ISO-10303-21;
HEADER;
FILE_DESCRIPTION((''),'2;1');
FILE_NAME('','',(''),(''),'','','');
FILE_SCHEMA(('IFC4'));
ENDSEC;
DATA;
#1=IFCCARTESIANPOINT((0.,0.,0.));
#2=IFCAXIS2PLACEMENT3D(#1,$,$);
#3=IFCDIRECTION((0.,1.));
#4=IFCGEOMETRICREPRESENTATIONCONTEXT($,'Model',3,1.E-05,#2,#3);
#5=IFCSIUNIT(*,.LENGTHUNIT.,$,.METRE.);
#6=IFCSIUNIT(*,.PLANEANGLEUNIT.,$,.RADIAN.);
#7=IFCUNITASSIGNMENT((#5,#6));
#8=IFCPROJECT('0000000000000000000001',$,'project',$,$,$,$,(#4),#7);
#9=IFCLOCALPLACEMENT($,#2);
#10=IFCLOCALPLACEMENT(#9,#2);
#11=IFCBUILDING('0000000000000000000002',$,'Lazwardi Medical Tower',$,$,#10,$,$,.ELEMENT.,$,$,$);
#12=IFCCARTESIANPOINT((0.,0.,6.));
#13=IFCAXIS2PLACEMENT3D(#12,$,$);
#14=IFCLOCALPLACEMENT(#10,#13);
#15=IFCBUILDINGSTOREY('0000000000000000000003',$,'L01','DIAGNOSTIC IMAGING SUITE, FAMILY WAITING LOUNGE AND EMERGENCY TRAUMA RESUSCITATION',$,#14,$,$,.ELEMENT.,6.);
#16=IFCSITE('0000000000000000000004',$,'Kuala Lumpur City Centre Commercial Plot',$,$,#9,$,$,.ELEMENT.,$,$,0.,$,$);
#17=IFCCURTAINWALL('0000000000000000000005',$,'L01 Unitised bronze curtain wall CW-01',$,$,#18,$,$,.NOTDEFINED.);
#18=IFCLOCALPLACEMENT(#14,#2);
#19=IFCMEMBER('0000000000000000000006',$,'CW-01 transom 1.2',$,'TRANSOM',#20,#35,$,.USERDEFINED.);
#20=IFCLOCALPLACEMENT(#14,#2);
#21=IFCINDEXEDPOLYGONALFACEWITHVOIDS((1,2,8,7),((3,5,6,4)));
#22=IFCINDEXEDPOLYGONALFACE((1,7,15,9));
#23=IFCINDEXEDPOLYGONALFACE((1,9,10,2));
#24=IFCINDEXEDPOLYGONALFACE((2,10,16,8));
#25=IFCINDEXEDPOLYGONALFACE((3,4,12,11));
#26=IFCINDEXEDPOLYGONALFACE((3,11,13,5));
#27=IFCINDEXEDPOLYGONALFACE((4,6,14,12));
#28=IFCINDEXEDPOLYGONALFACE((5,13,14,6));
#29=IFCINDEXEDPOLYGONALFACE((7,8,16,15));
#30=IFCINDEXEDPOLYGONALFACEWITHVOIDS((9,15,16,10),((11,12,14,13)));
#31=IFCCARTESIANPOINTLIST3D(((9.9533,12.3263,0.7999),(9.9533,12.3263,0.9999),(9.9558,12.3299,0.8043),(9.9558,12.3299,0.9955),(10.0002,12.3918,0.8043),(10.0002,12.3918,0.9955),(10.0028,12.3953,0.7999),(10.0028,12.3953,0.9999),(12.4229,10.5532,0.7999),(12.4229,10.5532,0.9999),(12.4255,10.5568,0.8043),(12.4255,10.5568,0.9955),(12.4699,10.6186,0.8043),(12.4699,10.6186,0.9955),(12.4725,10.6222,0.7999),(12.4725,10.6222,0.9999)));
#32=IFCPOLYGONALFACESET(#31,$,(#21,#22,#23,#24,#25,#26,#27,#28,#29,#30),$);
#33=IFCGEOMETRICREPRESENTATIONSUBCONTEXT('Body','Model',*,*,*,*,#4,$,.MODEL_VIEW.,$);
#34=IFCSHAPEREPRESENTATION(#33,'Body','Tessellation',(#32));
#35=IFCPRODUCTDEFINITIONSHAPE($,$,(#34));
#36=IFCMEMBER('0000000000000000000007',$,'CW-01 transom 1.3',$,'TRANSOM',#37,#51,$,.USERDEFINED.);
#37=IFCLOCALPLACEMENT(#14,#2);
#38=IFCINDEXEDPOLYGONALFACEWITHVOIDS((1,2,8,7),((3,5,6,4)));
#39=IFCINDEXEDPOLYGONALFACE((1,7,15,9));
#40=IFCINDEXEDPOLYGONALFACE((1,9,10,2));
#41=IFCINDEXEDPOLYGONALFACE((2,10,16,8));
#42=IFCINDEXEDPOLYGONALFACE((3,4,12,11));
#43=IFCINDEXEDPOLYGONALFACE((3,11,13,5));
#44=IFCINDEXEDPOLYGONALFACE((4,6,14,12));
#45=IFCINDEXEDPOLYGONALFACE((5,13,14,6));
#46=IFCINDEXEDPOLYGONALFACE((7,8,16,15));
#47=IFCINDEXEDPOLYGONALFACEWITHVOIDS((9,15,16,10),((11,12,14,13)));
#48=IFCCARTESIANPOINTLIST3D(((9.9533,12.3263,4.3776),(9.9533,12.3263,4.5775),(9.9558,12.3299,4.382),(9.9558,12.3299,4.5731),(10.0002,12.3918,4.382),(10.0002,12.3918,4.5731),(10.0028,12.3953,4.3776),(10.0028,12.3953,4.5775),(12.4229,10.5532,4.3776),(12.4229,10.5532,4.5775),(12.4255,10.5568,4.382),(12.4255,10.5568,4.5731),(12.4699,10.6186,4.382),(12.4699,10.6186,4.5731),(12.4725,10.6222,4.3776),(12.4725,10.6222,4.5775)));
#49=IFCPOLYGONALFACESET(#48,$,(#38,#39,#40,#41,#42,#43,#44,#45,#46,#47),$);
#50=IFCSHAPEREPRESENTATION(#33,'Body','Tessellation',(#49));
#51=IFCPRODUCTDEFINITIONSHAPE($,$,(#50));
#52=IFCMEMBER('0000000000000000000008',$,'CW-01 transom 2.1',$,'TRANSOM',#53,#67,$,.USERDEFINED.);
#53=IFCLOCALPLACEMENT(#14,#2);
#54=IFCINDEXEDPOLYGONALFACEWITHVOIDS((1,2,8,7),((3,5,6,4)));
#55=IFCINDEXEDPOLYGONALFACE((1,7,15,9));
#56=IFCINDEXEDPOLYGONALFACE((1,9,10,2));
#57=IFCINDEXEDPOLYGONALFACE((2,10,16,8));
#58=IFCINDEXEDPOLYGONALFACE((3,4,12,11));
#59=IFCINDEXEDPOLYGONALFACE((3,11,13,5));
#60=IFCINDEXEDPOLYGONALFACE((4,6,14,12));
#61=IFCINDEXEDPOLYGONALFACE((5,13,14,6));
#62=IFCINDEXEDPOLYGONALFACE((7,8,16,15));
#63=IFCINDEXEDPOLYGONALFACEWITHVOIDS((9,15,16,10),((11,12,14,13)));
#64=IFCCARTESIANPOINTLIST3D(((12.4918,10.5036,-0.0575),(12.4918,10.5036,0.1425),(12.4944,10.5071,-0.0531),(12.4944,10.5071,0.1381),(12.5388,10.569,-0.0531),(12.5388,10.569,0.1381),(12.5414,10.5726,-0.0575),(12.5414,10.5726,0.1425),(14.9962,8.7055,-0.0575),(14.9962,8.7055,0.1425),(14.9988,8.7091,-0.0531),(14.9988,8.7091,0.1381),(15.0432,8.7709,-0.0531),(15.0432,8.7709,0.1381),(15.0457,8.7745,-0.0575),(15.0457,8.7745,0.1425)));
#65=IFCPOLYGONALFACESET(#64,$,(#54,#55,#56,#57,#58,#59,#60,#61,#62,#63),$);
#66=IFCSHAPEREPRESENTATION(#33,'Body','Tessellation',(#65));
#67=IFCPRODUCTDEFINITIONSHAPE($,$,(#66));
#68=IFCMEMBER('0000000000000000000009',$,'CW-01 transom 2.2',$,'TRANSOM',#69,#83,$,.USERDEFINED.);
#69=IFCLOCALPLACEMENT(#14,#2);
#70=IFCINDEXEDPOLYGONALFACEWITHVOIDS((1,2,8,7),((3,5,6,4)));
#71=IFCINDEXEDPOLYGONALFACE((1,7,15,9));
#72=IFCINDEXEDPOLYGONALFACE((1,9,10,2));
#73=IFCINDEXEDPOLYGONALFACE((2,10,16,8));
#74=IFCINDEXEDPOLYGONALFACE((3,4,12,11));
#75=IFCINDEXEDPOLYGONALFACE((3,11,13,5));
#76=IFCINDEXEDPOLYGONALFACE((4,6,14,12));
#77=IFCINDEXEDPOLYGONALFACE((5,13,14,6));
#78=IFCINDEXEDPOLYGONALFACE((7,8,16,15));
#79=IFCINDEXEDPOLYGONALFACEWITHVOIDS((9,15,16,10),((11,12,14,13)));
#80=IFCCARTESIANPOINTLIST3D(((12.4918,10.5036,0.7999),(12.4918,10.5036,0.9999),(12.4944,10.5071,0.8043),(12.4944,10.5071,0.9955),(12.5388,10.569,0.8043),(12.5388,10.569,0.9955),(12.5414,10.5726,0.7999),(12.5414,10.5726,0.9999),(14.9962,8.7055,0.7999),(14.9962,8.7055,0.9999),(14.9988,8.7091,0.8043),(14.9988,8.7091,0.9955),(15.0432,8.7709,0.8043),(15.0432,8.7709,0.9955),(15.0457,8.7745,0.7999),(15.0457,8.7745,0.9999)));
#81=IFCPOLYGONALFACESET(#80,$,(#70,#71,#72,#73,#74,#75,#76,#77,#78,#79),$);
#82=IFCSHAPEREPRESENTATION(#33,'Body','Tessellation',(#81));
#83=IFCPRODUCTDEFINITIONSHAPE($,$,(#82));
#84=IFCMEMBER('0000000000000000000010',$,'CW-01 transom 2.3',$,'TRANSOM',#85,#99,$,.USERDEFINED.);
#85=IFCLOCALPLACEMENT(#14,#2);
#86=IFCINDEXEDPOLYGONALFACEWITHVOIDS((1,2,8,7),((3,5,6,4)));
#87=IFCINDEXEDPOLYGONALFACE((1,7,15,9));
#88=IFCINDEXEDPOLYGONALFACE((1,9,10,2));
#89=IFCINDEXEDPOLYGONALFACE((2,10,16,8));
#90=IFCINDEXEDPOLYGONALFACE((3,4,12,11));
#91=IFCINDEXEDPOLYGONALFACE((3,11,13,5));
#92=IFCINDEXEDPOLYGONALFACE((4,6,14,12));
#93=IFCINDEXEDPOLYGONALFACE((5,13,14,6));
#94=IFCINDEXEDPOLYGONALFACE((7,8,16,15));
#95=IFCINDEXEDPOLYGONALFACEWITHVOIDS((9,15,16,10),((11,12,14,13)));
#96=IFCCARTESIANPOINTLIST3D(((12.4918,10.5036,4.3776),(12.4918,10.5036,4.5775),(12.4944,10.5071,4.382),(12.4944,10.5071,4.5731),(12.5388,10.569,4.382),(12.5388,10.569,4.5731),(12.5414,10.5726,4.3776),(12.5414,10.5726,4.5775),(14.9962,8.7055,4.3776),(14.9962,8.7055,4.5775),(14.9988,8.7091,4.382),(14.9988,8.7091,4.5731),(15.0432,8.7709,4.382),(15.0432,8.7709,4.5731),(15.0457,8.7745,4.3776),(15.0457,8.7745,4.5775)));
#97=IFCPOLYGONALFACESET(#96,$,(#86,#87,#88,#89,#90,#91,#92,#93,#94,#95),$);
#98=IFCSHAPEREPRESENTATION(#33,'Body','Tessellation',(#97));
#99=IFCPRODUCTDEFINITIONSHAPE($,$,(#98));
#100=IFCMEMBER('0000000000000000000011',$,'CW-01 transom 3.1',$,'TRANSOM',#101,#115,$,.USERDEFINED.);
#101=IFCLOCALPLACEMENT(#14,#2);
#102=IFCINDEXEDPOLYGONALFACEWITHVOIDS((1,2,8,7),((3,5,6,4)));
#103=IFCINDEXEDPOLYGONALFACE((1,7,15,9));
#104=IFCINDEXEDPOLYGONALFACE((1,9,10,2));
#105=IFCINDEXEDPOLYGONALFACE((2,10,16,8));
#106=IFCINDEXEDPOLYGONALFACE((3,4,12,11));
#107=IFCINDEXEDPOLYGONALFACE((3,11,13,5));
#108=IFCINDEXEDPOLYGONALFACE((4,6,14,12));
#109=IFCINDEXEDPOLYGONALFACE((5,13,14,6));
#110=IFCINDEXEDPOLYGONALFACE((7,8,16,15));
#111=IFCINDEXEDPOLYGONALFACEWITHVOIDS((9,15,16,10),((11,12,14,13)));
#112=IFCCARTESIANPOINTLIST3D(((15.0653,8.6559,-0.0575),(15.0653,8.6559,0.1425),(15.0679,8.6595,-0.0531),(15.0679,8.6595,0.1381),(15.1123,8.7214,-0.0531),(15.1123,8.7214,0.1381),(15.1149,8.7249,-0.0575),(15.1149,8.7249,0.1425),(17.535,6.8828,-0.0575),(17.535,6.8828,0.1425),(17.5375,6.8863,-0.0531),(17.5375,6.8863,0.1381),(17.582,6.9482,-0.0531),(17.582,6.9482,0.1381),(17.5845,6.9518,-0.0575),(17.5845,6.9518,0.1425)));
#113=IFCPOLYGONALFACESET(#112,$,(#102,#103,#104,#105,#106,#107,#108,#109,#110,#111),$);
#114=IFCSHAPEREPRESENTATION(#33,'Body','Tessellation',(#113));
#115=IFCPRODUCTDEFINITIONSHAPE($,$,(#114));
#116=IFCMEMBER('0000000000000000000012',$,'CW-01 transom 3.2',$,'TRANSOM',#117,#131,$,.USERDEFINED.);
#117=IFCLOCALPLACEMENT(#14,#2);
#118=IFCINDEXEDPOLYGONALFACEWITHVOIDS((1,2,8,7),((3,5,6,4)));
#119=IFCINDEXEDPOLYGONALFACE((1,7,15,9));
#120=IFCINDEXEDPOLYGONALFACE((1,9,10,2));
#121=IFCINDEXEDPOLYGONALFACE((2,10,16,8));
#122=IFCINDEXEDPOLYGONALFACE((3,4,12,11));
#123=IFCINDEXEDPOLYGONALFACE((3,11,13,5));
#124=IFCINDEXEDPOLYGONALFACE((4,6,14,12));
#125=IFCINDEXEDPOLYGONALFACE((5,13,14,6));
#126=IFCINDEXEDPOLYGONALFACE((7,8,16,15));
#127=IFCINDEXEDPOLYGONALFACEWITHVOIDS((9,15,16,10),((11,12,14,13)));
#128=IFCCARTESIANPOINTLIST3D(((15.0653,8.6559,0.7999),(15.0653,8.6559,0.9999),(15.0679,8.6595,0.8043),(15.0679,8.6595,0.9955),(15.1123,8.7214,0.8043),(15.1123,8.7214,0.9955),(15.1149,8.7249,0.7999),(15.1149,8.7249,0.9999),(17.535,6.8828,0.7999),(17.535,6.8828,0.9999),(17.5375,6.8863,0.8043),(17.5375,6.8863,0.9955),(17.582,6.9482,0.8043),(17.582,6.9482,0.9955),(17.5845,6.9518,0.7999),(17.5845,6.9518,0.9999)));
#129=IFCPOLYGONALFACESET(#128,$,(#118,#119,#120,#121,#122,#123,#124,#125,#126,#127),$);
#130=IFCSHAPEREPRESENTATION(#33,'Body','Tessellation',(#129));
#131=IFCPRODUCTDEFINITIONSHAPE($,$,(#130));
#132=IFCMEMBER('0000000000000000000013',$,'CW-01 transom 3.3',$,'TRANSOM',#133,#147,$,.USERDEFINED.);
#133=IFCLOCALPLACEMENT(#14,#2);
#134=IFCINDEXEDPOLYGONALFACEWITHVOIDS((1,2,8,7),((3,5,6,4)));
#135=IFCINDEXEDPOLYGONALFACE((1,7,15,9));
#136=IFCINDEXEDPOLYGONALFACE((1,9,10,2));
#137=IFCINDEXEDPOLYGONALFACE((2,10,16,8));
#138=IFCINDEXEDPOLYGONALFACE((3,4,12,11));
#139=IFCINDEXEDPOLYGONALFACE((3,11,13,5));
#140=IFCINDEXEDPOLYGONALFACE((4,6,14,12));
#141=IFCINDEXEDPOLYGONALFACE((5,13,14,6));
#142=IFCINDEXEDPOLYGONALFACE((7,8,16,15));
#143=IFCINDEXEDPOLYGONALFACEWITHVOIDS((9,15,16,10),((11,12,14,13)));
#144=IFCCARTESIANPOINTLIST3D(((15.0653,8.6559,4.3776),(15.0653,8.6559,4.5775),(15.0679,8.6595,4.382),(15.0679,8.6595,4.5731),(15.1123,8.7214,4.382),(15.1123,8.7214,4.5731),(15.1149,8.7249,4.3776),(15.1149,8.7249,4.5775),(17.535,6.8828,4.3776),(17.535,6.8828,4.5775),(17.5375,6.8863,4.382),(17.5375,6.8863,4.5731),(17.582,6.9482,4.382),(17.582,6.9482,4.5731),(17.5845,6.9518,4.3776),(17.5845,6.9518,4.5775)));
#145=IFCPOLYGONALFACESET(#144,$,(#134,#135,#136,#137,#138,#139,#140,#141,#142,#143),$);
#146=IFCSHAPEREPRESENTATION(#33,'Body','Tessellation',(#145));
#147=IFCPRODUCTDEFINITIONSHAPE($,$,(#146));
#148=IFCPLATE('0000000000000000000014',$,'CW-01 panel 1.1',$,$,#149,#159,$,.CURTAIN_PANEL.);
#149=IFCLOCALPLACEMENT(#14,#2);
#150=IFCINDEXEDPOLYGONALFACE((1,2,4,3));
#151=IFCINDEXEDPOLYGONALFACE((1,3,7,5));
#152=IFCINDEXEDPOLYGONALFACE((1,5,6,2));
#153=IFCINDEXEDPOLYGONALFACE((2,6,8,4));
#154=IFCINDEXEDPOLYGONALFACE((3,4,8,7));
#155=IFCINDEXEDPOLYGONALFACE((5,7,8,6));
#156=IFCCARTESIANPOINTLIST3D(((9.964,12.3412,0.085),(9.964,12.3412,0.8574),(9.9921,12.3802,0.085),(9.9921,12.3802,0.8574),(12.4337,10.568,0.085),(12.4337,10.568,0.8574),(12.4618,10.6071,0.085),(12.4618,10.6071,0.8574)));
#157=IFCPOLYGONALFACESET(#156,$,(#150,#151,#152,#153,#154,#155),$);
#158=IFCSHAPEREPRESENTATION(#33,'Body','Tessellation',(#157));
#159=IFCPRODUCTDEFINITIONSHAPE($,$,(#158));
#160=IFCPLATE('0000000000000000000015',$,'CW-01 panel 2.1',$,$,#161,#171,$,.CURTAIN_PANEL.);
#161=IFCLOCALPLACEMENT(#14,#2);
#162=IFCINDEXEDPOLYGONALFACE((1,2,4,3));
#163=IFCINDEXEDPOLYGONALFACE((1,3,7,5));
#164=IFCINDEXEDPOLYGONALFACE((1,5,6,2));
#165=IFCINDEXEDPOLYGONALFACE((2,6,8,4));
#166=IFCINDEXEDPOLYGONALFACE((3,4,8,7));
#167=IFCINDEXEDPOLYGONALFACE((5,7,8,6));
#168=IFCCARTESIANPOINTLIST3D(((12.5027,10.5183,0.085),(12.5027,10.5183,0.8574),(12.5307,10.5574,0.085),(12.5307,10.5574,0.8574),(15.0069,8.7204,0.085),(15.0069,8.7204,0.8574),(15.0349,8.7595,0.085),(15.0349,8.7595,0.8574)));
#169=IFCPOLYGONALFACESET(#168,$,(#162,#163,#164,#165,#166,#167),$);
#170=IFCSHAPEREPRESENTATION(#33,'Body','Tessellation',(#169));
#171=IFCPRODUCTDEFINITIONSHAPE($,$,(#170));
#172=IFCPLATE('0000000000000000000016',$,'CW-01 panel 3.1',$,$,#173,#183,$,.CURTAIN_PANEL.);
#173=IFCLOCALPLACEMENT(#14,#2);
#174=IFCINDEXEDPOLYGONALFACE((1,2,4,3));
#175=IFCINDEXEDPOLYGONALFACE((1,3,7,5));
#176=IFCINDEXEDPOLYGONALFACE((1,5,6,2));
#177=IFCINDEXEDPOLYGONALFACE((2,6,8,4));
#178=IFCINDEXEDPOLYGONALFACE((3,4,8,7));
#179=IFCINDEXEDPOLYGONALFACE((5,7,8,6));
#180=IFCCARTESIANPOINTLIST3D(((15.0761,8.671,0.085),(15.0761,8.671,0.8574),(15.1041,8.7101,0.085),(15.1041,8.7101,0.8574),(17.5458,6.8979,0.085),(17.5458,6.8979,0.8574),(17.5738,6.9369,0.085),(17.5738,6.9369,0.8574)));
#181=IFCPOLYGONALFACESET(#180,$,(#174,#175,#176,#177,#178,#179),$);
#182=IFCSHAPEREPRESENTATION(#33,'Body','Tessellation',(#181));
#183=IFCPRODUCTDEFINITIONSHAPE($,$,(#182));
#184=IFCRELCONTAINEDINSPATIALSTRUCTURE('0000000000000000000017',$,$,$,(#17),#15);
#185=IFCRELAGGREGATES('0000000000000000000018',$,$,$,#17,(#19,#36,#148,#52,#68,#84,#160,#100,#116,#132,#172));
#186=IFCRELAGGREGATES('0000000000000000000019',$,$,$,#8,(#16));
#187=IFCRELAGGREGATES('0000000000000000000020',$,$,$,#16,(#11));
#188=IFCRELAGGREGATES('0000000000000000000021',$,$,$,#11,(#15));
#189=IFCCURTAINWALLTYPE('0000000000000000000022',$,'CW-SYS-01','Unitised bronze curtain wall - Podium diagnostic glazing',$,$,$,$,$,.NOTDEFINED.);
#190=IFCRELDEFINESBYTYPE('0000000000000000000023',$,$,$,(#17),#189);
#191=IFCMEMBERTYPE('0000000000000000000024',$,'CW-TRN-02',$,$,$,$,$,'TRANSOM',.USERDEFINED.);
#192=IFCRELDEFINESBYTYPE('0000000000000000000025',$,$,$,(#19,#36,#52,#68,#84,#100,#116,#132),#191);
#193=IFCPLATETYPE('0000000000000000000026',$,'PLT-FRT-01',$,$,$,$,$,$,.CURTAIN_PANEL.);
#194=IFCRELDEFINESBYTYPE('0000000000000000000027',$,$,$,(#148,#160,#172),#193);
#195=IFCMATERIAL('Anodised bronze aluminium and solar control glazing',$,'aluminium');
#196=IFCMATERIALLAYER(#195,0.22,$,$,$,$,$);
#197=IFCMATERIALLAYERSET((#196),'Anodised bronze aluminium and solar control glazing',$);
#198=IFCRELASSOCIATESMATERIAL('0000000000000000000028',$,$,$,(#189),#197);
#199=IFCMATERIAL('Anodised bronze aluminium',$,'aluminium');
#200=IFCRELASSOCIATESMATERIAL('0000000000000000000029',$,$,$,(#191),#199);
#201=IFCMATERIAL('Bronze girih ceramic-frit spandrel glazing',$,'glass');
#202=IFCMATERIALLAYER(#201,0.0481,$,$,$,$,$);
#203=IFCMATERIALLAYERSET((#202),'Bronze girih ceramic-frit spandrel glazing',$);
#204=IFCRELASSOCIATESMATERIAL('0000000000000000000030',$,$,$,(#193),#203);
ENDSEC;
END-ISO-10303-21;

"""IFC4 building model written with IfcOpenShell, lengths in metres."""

from ifc_helpers import new_model, si_unit, direction, frame, origin, origin_2d, place, context, subcontext, project, spatial, rectangle, hollow_rectangle, extrude, material, layer, layer_set, material_profile, profile_set, type_object, element, aggregate, save


model = new_model("IFC4")

# Units and contexts
model_context = context("Model", 3, precision=1e-05, world=origin(), true_north=direction((0.0, 1.0)))
body_context = subcontext(model_context, "Body", "Model", "MODEL_VIEW")
ifc_project = project(units=[si_unit("LENGTHUNIT", "METRE"), si_unit("PLANEANGLEUNIT", "RADIAN")], contexts=[model_context])

# Site, building, storey
site_placement = place(None, origin())
site = spatial("IfcSite", under=ifc_project, at=site_placement, Name="Kuala Lumpur City Centre Commercial Plot", CompositionType="ELEMENT", RefElevation=0.0)
building_placement = place(site_placement, origin())
building = spatial("IfcBuilding", under=site, at=building_placement, Name="Lazwardi Medical Tower", CompositionType="ELEMENT")
storey_placement = place(building_placement, frame((0.0, 0.0, 6.0)))
storey = spatial("IfcBuildingStorey", under=building, at=storey_placement, Name="L01", Description="DIAGNOSTIC IMAGING SUITE, FAMILY WAITING LOUNGE AND EMERGENCY TRAUMA RESUSCITATION", CompositionType="ELEMENT", Elevation=6.0)

# Shared definitions
ifc_material_1 = material(Name="Anodised bronze aluminium and solar control glazing", Category="aluminium")
ifc_layer_1 = layer(ifc_material_1, 0.22)
ifc_layer_set_1 = layer_set([ifc_layer_1], Name="Anodised bronze aluminium and solar control glazing")
curtain_wall_type = type_object("IfcCurtainWallType", Name="CW-SYS-01", Description="Unitised bronze curtain wall - Podium diagnostic glazing", PredefinedType="NOTDEFINED", material=ifc_layer_set_1)
ifc_material_2 = material(Name="Anodised bronze aluminium", Category="aluminium")

# Curtain wall, members, plates
curtain_wall_1_placement = place(storey_placement, origin())
curtain_wall_1 = element("IfcCurtainWall", 1, at=curtain_wall_1_placement, inside=storey, type_object=curtain_wall_type, Name="L01 Unitised bronze curtain wall CW-01", PredefinedType="NOTDEFINED")
ifc_material_profile_1 = material_profile(ifc_material_2, hollow_rectangle(XDim=0.085, YDim=0.2, WallThickness=0.0044, at=origin_2d()), Name="ALU-TRANSOM 200x85x4.5")
ifc_profile_set_1 = profile_set([ifc_material_profile_1], Name="Anodised bronze aluminium")
member_type_1 = type_object("IfcMemberType", Name="CW-TRN-02", ElementType="TRANSOM", PredefinedType="USERDEFINED", material=ifc_profile_set_1)
member_1_placement = place(storey_placement, frame((9.978, 12.3608, 0.8999), z_axis=(0.812315, -0.583219, 0.0), x_axis=(0.583219, 0.812315, 0.0)))
member_1 = element("IfcMember", 2, at=member_1_placement, type_object=member_type_1, Name="CW-01 transom 1.2", ObjectType="TRANSOM", PredefinedType="USERDEFINED", context=body_context, shape_type="SweptSolid", body=[
    extrude(hollow_rectangle(XDim=0.085, YDim=0.2, WallThickness=0.0044, at=origin_2d()), origin(), (0.0, 0.0, 1.0), 3.0403),
])
member_2_placement = place(storey_placement, frame((9.978, 12.3608, 4.4775), z_axis=(0.812315, -0.583219, 0.0), x_axis=(0.583219, 0.812315, 0.0)))
member_2 = element("IfcMember", 3, at=member_2_placement, type_object=member_type_1, Name="CW-01 transom 1.3", ObjectType="TRANSOM", PredefinedType="USERDEFINED", context=body_context, shape_type="SweptSolid", body=[
    extrude(hollow_rectangle(XDim=0.085, YDim=0.2, WallThickness=0.0044, at=origin_2d()), origin(), (0.0, 0.0, 1.0), 3.0403),
])
member_3_placement = place(storey_placement, frame((12.5166, 10.5381, 0.0425), z_axis=(0.812313, -0.583222, 0.0), x_axis=(0.583222, 0.812313, 0.0)))
member_3 = element("IfcMember", 4, at=member_3_placement, type_object=member_type_1, Name="CW-01 transom 2.1", ObjectType="TRANSOM", PredefinedType="USERDEFINED", context=body_context, shape_type="SweptSolid", body=[
    extrude(hollow_rectangle(XDim=0.085, YDim=0.2, WallThickness=0.0044, at=origin_2d()), origin(), (0.0, 0.0, 1.0), 3.083),
])
member_4_placement = place(storey_placement, frame((12.5166, 10.5381, 0.8999), z_axis=(0.812313, -0.583222, 0.0), x_axis=(0.583222, 0.812313, 0.0)))
member_4 = element("IfcMember", 5, at=member_4_placement, type_object=member_type_1, Name="CW-01 transom 2.2", ObjectType="TRANSOM", PredefinedType="USERDEFINED", context=body_context, shape_type="SweptSolid", body=[
    extrude(hollow_rectangle(XDim=0.085, YDim=0.2, WallThickness=0.0044, at=origin_2d()), origin(), (0.0, 0.0, 1.0), 3.083),
])
member_5_placement = place(storey_placement, frame((12.5166, 10.5381, 4.4775), z_axis=(0.812313, -0.583222, 0.0), x_axis=(0.583222, 0.812313, 0.0)))
member_5 = element("IfcMember", 6, at=member_5_placement, type_object=member_type_1, Name="CW-01 transom 2.3", ObjectType="TRANSOM", PredefinedType="USERDEFINED", context=body_context, shape_type="SweptSolid", body=[
    extrude(hollow_rectangle(XDim=0.085, YDim=0.2, WallThickness=0.0044, at=origin_2d()), origin(), (0.0, 0.0, 1.0), 3.083),
])
member_6_placement = place(storey_placement, frame((15.0901, 8.6904, 0.0425), z_axis=(0.812315, -0.583219, 0.0), x_axis=(0.583219, 0.812315, 0.0)))
member_6 = element("IfcMember", 7, at=member_6_placement, type_object=member_type_1, Name="CW-01 transom 3.1", ObjectType="TRANSOM", PredefinedType="USERDEFINED", context=body_context, shape_type="SweptSolid", body=[
    extrude(hollow_rectangle(XDim=0.085, YDim=0.2, WallThickness=0.0044, at=origin_2d()), origin(), (0.0, 0.0, 1.0), 3.0403),
])
member_7_placement = place(storey_placement, frame((15.0901, 8.6904, 0.8999), z_axis=(0.812315, -0.583219, 0.0), x_axis=(0.583219, 0.812315, 0.0)))
member_7 = element("IfcMember", 8, at=member_7_placement, type_object=member_type_1, Name="CW-01 transom 3.2", ObjectType="TRANSOM", PredefinedType="USERDEFINED", context=body_context, shape_type="SweptSolid", body=[
    extrude(hollow_rectangle(XDim=0.085, YDim=0.2, WallThickness=0.0044, at=origin_2d()), origin(), (0.0, 0.0, 1.0), 3.0403),
])
member_8_placement = place(storey_placement, frame((15.0901, 8.6904, 4.4775), z_axis=(0.812315, -0.583219, 0.0), x_axis=(0.583219, 0.812315, 0.0)))
member_8 = element("IfcMember", 9, at=member_8_placement, type_object=member_type_1, Name="CW-01 transom 3.3", ObjectType="TRANSOM", PredefinedType="USERDEFINED", context=body_context, shape_type="SweptSolid", body=[
    extrude(hollow_rectangle(XDim=0.085, YDim=0.2, WallThickness=0.0044, at=origin_2d()), origin(), (0.0, 0.0, 1.0), 3.0403),
])
ifc_material_3 = material(Name="Bronze girih ceramic-frit spandrel glazing", Category="glass")
ifc_layer_2 = layer(ifc_material_3, 0.0481)
ifc_layer_set_2 = layer_set([ifc_layer_2], Name="Bronze girih ceramic-frit spandrel glazing")
plate_type_1 = type_object("IfcPlateType", Name="PLT-FRT-01", PredefinedType="CURTAIN_PANEL", material=ifc_layer_set_2)
plate_1_placement = place(storey_placement, frame((11.2129, 11.4741, 0.085), z_axis=(0.0, 0.0, 1.0), x_axis=(0.812318, -0.583214, 0.0)))
plate_1 = element("IfcPlate", 10, at=plate_1_placement, type_object=plate_type_1, Name="CW-01 panel 1.1", PredefinedType="CURTAIN_PANEL", context=body_context, shape_type="SweptSolid", body=[
    extrude(rectangle(XDim=3.0403, YDim=0.0481, at=origin_2d()), origin(), (0.0, 0.0, 1.0), 0.7725),
])
plate_2_placement = place(storey_placement, frame((13.7688, 9.6389, 0.085), z_axis=(0.0, 0.0, 1.0), x_axis=(0.812318, -0.583214, 0.0)))
plate_2 = element("IfcPlate", 11, at=plate_2_placement, type_object=plate_type_1, Name="CW-01 panel 2.1", PredefinedType="CURTAIN_PANEL", context=body_context, shape_type="SweptSolid", body=[
    extrude(rectangle(XDim=3.0828, YDim=0.0481, at=origin_2d()), origin(), (0.0, 0.0, 1.0), 0.7725),
])
plate_3_placement = place(storey_placement, frame((16.325, 7.804, 0.085), z_axis=(0.0, 0.0, 1.0), x_axis=(0.812318, -0.583214, 0.0)))
plate_3 = element("IfcPlate", 12, at=plate_3_placement, type_object=plate_type_1, Name="CW-01 panel 3.1", PredefinedType="CURTAIN_PANEL", context=body_context, shape_type="SweptSolid", body=[
    extrude(rectangle(XDim=3.0403, YDim=0.0481, at=origin_2d()), origin(), (0.0, 0.0, 1.0), 0.7725),
])
aggregate(curtain_wall_1, [member_1, member_2, plate_1, member_3, member_4, member_5, plate_2, member_6, member_7, member_8, plate_3])

save(model, "model.ifc")
